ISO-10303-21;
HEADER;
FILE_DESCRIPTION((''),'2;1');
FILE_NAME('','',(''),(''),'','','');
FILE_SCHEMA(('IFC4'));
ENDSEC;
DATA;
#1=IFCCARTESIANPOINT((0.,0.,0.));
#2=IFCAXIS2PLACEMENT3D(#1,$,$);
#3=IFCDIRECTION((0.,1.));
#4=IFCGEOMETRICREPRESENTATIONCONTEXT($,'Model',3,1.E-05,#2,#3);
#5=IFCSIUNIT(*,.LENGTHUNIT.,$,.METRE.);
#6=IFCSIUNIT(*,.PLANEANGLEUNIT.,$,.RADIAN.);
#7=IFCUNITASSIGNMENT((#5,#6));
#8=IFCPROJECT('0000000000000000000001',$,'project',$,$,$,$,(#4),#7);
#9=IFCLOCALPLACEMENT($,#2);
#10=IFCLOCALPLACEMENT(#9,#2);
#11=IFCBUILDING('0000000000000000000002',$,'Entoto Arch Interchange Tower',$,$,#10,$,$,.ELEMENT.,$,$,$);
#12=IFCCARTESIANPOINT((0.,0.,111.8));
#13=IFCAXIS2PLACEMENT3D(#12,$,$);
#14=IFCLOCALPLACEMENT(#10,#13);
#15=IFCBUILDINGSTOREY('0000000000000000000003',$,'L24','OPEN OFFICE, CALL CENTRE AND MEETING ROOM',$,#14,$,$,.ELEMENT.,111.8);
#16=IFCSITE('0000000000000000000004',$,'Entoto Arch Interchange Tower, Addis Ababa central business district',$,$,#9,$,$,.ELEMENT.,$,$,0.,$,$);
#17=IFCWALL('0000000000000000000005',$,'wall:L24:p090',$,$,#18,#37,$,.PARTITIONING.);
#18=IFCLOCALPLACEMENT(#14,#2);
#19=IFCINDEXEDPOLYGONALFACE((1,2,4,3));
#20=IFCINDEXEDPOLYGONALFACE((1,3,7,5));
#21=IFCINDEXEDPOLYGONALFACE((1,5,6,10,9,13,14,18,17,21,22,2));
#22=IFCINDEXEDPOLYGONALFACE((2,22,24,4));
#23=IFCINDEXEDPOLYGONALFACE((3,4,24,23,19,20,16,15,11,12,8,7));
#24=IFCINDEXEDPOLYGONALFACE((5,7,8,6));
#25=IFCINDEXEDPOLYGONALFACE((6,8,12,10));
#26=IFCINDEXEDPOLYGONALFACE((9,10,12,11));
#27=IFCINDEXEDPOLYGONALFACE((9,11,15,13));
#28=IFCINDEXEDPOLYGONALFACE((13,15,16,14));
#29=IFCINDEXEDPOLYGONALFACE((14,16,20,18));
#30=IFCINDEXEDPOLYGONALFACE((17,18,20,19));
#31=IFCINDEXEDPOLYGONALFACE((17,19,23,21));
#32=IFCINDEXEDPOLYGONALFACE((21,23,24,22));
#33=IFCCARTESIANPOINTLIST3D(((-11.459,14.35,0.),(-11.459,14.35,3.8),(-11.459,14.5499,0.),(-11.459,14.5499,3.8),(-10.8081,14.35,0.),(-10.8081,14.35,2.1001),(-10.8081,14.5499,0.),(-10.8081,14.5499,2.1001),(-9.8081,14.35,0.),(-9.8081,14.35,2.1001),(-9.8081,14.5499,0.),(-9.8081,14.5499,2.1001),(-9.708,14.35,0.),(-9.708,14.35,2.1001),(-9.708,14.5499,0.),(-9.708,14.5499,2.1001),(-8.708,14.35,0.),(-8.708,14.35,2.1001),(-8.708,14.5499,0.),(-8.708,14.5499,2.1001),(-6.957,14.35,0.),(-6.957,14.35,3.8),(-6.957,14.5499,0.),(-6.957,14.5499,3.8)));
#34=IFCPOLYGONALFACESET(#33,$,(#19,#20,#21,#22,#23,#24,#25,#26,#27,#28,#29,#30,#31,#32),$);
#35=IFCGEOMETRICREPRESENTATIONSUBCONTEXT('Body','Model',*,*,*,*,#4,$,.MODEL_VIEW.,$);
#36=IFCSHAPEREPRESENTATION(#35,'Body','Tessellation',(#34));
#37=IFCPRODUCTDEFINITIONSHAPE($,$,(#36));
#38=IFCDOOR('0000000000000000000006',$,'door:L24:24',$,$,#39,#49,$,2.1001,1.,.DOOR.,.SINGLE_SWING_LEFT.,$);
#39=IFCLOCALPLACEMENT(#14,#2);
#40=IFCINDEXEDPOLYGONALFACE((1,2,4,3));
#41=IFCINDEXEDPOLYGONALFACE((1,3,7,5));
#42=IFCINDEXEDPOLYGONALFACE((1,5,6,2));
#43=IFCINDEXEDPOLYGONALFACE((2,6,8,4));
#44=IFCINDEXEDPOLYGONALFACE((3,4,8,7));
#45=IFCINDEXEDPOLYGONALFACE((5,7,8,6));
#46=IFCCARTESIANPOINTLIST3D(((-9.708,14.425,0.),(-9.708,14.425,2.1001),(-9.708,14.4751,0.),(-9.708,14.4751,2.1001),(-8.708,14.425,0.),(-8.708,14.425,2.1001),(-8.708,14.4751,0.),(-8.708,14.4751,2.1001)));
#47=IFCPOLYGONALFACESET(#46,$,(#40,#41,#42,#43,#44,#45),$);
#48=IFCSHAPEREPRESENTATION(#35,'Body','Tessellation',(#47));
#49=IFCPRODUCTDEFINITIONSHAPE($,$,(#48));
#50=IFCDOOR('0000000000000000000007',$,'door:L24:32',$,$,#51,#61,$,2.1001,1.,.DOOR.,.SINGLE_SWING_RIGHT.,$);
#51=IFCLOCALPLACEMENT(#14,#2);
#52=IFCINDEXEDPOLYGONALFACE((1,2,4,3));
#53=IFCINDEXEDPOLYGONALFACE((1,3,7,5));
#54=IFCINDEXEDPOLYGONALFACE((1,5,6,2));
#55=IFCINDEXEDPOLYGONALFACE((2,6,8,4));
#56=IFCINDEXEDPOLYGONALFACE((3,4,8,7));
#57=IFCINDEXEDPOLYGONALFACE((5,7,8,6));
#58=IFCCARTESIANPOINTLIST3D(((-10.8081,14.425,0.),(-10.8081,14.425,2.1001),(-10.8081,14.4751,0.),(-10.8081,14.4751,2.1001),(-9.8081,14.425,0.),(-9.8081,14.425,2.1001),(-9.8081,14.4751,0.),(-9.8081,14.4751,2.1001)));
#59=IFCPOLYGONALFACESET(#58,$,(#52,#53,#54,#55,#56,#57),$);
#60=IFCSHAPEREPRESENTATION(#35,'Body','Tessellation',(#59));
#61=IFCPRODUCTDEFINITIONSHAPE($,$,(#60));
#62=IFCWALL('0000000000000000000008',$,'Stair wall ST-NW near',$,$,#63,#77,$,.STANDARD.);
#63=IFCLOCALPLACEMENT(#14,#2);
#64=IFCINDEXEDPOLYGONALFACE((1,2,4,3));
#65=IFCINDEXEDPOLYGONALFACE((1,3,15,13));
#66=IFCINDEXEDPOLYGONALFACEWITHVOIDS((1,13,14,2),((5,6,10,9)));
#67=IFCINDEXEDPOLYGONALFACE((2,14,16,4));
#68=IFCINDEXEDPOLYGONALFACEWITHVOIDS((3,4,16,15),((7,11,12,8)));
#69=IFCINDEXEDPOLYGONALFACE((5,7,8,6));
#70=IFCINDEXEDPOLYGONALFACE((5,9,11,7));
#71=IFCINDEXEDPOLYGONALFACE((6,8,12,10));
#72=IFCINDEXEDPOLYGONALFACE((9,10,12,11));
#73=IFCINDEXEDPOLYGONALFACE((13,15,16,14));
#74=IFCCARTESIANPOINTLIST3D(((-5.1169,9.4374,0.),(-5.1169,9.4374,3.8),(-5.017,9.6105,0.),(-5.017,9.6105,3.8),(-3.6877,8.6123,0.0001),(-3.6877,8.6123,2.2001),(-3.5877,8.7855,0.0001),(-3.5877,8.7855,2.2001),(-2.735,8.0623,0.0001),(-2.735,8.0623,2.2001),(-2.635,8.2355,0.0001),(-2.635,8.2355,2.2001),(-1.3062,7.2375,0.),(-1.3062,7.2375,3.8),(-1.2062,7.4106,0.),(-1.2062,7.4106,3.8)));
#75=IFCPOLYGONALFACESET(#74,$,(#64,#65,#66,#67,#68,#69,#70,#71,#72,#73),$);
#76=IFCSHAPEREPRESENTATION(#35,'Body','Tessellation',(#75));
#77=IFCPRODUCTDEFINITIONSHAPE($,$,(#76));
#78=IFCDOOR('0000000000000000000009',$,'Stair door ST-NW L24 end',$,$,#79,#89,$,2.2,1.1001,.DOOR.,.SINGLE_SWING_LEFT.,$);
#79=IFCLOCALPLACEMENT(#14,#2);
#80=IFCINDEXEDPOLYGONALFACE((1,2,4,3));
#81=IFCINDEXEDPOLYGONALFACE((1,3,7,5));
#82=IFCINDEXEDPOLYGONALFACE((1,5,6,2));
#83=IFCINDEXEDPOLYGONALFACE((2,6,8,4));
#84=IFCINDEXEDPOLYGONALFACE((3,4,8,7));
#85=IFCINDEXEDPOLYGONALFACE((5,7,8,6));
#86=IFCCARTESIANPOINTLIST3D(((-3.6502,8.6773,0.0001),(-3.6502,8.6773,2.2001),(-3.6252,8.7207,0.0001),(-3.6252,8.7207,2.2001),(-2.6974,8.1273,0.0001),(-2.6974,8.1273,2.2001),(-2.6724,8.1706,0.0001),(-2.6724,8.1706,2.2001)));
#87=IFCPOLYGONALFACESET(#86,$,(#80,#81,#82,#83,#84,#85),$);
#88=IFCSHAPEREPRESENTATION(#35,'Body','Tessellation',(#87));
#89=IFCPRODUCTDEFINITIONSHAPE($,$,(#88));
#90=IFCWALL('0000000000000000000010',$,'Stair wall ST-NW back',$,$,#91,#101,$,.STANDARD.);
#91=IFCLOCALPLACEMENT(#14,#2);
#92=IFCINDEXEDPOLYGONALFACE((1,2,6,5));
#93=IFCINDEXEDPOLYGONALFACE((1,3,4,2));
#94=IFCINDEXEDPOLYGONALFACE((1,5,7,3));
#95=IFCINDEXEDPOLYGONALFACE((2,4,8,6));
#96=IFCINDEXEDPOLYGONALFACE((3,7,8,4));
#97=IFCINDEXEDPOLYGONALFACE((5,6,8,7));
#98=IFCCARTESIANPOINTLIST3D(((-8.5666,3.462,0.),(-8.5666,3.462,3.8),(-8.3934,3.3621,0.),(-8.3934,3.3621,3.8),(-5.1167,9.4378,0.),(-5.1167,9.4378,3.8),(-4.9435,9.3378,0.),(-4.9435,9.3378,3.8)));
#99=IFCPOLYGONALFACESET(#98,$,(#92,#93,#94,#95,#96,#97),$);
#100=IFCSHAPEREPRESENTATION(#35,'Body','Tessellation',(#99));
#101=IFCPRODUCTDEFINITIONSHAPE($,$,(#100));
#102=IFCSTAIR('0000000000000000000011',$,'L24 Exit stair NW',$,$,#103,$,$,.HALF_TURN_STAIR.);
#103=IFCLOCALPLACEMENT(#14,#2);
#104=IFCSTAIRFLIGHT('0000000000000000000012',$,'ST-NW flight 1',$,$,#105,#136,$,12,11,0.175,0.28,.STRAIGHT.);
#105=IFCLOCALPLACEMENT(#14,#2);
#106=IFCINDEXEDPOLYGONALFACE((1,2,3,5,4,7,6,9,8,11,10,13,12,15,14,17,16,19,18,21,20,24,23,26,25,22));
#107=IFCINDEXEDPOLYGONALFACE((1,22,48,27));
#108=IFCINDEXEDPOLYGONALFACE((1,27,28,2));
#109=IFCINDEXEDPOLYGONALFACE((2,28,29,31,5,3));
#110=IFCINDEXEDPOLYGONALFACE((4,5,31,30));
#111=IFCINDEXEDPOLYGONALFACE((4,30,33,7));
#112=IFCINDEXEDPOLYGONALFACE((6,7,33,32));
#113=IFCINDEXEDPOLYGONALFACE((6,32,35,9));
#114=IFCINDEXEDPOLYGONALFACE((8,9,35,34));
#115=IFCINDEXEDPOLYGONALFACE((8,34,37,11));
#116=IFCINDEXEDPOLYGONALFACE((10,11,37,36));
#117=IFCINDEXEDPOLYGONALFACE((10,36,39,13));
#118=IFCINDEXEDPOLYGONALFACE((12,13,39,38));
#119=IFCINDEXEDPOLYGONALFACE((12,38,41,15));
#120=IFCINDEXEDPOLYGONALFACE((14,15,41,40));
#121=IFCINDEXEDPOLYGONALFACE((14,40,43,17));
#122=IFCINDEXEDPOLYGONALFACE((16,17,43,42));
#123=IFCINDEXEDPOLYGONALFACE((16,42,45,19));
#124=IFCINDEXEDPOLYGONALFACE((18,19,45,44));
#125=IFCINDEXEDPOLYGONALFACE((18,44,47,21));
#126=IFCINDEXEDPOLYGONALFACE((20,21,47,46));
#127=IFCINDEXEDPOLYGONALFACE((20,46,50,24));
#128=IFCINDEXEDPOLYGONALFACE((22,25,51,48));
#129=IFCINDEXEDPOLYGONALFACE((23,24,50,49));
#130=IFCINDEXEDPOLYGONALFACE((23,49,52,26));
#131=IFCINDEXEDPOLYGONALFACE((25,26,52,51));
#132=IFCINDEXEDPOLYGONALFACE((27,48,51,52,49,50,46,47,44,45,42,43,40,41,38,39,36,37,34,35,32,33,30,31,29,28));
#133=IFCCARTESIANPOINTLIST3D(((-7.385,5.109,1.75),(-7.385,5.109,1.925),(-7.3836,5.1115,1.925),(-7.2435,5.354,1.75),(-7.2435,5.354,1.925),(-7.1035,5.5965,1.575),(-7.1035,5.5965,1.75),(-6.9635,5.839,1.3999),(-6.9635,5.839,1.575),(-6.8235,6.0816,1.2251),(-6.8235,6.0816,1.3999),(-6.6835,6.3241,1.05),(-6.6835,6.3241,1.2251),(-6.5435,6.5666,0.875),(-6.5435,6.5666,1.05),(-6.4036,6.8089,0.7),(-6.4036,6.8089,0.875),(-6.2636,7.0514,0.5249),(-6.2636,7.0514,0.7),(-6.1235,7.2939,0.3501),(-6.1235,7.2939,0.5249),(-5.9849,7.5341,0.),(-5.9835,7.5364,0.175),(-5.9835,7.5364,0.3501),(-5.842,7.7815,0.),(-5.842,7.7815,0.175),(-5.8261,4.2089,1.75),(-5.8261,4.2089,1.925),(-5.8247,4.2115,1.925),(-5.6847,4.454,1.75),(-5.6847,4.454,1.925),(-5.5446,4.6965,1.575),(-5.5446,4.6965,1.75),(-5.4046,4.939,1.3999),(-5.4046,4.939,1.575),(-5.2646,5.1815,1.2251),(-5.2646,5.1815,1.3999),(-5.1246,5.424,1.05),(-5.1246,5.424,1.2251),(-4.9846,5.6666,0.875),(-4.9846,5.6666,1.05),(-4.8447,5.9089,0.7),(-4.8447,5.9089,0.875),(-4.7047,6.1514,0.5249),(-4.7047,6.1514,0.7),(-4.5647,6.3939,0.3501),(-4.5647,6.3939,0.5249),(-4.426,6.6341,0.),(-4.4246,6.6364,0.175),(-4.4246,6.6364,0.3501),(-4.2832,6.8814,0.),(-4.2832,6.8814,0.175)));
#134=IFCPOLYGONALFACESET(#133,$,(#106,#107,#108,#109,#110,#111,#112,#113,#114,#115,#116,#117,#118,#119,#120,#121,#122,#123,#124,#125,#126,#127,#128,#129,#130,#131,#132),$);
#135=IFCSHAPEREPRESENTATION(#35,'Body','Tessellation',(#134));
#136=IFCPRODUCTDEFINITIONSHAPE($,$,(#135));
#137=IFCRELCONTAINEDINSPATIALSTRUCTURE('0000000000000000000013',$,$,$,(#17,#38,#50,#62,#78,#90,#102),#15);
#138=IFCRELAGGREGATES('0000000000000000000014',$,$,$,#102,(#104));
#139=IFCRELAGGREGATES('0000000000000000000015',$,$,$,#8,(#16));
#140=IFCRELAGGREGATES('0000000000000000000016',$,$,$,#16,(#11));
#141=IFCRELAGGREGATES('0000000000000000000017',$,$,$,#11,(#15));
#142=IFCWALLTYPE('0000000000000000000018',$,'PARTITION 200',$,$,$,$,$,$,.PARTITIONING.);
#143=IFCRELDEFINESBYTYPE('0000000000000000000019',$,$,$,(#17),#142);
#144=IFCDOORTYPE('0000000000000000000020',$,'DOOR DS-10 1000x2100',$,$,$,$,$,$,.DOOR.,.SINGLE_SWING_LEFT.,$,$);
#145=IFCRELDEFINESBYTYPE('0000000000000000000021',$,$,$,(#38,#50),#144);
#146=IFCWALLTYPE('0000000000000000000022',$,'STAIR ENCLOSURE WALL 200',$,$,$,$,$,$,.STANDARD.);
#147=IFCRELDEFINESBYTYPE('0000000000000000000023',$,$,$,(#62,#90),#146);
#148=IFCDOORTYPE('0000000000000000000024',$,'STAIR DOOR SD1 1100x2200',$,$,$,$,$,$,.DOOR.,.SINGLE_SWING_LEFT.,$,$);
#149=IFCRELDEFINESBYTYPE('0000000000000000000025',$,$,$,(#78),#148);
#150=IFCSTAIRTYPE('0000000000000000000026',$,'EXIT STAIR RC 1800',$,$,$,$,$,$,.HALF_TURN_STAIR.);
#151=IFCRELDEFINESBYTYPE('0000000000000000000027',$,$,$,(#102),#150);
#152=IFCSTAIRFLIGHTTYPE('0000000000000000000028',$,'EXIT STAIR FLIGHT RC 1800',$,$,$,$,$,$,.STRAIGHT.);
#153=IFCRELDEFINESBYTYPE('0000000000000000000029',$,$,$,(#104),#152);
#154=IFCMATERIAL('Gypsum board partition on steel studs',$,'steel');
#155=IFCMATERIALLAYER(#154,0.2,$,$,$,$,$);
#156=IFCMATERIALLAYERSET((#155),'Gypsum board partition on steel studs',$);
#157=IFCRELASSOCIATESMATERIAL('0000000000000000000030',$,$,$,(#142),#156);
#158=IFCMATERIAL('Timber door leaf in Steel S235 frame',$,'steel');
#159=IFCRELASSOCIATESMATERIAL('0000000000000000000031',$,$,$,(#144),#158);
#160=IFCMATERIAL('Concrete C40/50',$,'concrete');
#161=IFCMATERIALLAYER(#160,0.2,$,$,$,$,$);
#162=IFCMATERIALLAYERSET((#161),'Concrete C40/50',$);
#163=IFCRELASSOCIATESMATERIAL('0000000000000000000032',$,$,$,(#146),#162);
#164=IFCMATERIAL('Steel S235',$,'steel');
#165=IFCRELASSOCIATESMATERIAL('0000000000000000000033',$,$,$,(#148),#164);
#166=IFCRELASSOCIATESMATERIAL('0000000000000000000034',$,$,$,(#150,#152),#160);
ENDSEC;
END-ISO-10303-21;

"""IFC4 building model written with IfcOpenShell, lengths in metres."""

from ifc_helpers import new_model, si_unit, direction, frame, frame_2d, origin, place, context, subcontext, project, spatial, polyline, rectangle, outline, extrude, material, layer, layer_set, type_object, element, fill, aggregate, save


model = new_model("IFC4")

# Units and contexts
model_context = context("Model", 3, precision=1e-05, world=origin(), true_north=direction((0.0, 1.0)))
body_context = subcontext(model_context, "Body", "Model", "MODEL_VIEW")
ifc_project = project(units=[si_unit("LENGTHUNIT", "METRE"), si_unit("PLANEANGLEUNIT", "RADIAN")], contexts=[model_context])

# Site, building, storey
site_placement = place(None, origin())
site = spatial("IfcSite", under=ifc_project, at=site_placement, Name="Entoto Arch Interchange Tower, Addis Ababa central business district", CompositionType="ELEMENT", RefElevation=0.0)
building_placement = place(site_placement, origin())
building = spatial("IfcBuilding", under=site, at=building_placement, Name="Entoto Arch Interchange Tower", CompositionType="ELEMENT")
storey_placement = place(building_placement, frame((0.0, 0.0, 111.8)))
storey = spatial("IfcBuildingStorey", under=building, at=storey_placement, Name="L24", Description="OPEN OFFICE, CALL CENTRE AND MEETING ROOM", CompositionType="ELEMENT", Elevation=111.8)

# Shared definitions
ifc_material_1 = material(Name="Concrete C40/50", Category="concrete")

# Shared definitions
ifc_material_2 = material(Name="Gypsum board partition on steel studs", Category="steel")

# Wall, openings, doors
ifc_layer_1 = layer(ifc_material_2, 0.2)
ifc_layer_set_1 = layer_set([ifc_layer_1], Name="Gypsum board partition on steel studs")
wall_type_1 = type_object("IfcWallType", Name="PARTITION 200", PredefinedType="PARTITIONING", material=ifc_layer_set_1)
wall_1_placement = place(storey_placement, frame((-6.957, 14.45, 0.0), z_axis=(0.0, 0.0, 1.0), x_axis=(-1.0, 0.0, 0.0)))
wall_1 = element("IfcWall", 1, at=wall_1_placement, inside=storey, type_object=wall_type_1, Name="wall:L24:p090", PredefinedType="PARTITIONING", context=body_context, shape_type="SweptSolid", body=[
    extrude(rectangle(XDim=4.502, YDim=0.2, at=frame_2d((2.251, 0.0))), origin(), (0.0, 0.0, 1.0), 3.8),
])
opening_1_placement = place(wall_1_placement, frame((1.751, 0.0, 0.0)))
opening_1 = element("IfcOpeningElement", 2, at=opening_1_placement, cuts=wall_1, PredefinedType="OPENING", context=body_context, shape_type="SweptSolid", body=[
    extrude(rectangle(XDim=1.0, YDim=2.1001, at=frame_2d((0.5, 1.05))), frame((0.0, 0.1099, 0.0), z_axis=(0.0, -1.0, 0.0), x_axis=(1.0, 0.0, 0.0)), (0.0, 0.0, 1.0), 0.22),
])
opening_2_placement = place(wall_1_placement, frame((2.8511, 0.0, 0.0)))
opening_2 = element("IfcOpeningElement", 3, at=opening_2_placement, cuts=wall_1, PredefinedType="OPENING", context=body_context, shape_type="SweptSolid", body=[
    extrude(rectangle(XDim=1.0, YDim=2.1001, at=frame_2d((0.5, 1.05))), frame((0.0, 0.1099, 0.0), z_axis=(0.0, -1.0, 0.0), x_axis=(1.0, 0.0, 0.0)), (0.0, 0.0, 1.0), 0.22),
])
ifc_material_3 = material(Name="Timber door leaf in Steel S235 frame", Category="steel")
door_type_1 = type_object("IfcDoorType", Name="DOOR DS-10 1000x2100", OperationType="SINGLE_SWING_LEFT", PredefinedType="DOOR", material=ifc_material_3)
door_1_placement = place(opening_1_placement, origin())
door_1 = element("IfcDoor", 4, at=door_1_placement, inside=storey, type_object=door_type_1, Name="door:L24:24", OperationType="SINGLE_SWING_LEFT", OverallHeight=2.1001, OverallWidth=1.0, PredefinedType="DOOR", context=body_context, shape_type="SweptSolid", body=[
    extrude(rectangle(XDim=1.0, YDim=2.1001, at=frame_2d((0.5, 1.05))), frame((0.0, 0.0249, 0.0), z_axis=(0.0, -1.0, 0.0), x_axis=(1.0, 0.0, 0.0)), (0.0, 0.0, 1.0), 0.05),
])
fill(opening_1, door_1)
door_2_placement = place(opening_2_placement, origin())
door_2 = element("IfcDoor", 5, at=door_2_placement, inside=storey, type_object=door_type_1, Name="door:L24:32", OperationType="SINGLE_SWING_RIGHT", OverallHeight=2.1001, OverallWidth=1.0, PredefinedType="DOOR", context=body_context, shape_type="SweptSolid", body=[
    extrude(rectangle(XDim=1.0, YDim=2.1001, at=frame_2d((0.5, 1.05))), frame((0.0, 0.0249, 0.0), z_axis=(0.0, -1.0, 0.0), x_axis=(1.0, 0.0, 0.0)), (0.0, 0.0, 1.0), 0.05),
])
fill(opening_2, door_2)

# Wall, opening, door
ifc_layer_2 = layer(ifc_material_1, 0.2)
ifc_layer_set_2 = layer_set([ifc_layer_2], Name="Concrete C40/50")
wall_type_2 = type_object("IfcWallType", Name="STAIR ENCLOSURE WALL 200", PredefinedType="STANDARD", material=ifc_layer_set_2)
wall_2_placement = place(storey_placement, frame((-1.2561, 7.324, 0.0), z_axis=(0.0, 0.0, 1.0), x_axis=(-0.866046, 0.499964, 0.0)))
wall_2 = element("IfcWall", 6, at=wall_2_placement, inside=storey, type_object=wall_type_2, Name="Stair wall ST-NW near", PredefinedType="STANDARD", context=body_context, shape_type="SweptSolid", body=[
    extrude(rectangle(XDim=4.4001, YDim=0.2, at=frame_2d((2.2002, 0.0))), origin(), (0.0, 0.0, 1.0), 3.8),
])
opening_3_placement = place(wall_2_placement, frame((1.6499, 0.0, 0.0)))
opening_3 = element("IfcOpeningElement", 7, at=opening_3_placement, cuts=wall_2, PredefinedType="OPENING", context=body_context, shape_type="SweptSolid", body=[
    extrude(rectangle(XDim=1.1001, YDim=2.2, at=frame_2d((0.55, 1.1001))), frame((0.0, 0.1099, 0.0), z_axis=(0.0, -1.0, 0.0), x_axis=(1.0, 0.0, 0.0)), (0.0, 0.0, 1.0), 0.22),
])
ifc_material_4 = material(Name="Steel S235", Category="steel")
door_type_2 = type_object("IfcDoorType", Name="STAIR DOOR SD1 1100x2200", OperationType="SINGLE_SWING_LEFT", PredefinedType="DOOR", material=ifc_material_4)
door_3_placement = place(opening_3_placement, origin())
door_3 = element("IfcDoor", 8, at=door_3_placement, inside=storey, type_object=door_type_2, Name="Stair door ST-NW L24 end", OperationType="SINGLE_SWING_LEFT", OverallHeight=2.2, OverallWidth=1.1001, PredefinedType="DOOR", context=body_context, shape_type="SweptSolid", body=[
    extrude(rectangle(XDim=1.1001, YDim=2.2, at=frame_2d((0.55, 1.1001))), frame((0.0, 0.0249, 0.0), z_axis=(0.0, -1.0, 0.0), x_axis=(1.0, 0.0, 0.0)), (0.0, 0.0, 1.0), 0.05),
])
fill(opening_3, door_3)

# Wall
wall_3_placement = place(storey_placement, frame((-5.03, 9.3879, 0.0), z_axis=(0.0, 0.0, 1.0), x_axis=(-0.499979, -0.866038, 0.0)))
element("IfcWall", 9, at=wall_3_placement, inside=storey, type_object=wall_type_2, Name="Stair wall ST-NW back", PredefinedType="STANDARD", context=body_context, shape_type="SweptSolid", body=[
    extrude(rectangle(XDim=6.9001, YDim=0.2, at=frame_2d((3.4502, 0.0))), origin(), (0.0, 0.0, 1.0), 3.8),
])

# Stair, stair flight
stair_type = type_object("IfcStairType", Name="EXIT STAIR RC 1800", PredefinedType="HALF_TURN_STAIR", material=ifc_material_1)
stair_placement = place(storey_placement, origin())
stair = element("IfcStair", 10, at=stair_placement, inside=storey, type_object=stair_type, Name="L24 Exit stair NW", PredefinedType="HALF_TURN_STAIR")
stair_flight_type = type_object("IfcStairFlightType", Name="EXIT STAIR FLIGHT RC 1800", PredefinedType="STRAIGHT", material=ifc_material_1)
stair_flight_placement = place(storey_placement, frame((-5.064, 7.3289, 0.0), z_axis=(0.0, 0.0, 1.0), x_axis=(-0.5, -0.866025, 0.0)))
stair_flight = element("IfcStairFlight", 11, at=stair_flight_placement, type_object=stair_flight_type, Name="ST-NW flight 1", NumberOfRisers=12, NumberOfTreads=11, PredefinedType="STRAIGHT", RiserHeight=0.175, TreadLength=0.28, context=body_context, shape_type="SweptSolid", body=[
    extrude(outline(polyline([(-0.0029, 0.0), (-0.0029, 0.175), (0.28, 0.175), (0.28, 0.3501), (0.5601, 0.3501), (0.5601, 0.5249), (0.8401, 0.5249), (0.8401, 0.7), (1.1201, 0.7), (1.1201, 0.875), (1.3999, 0.875), (1.3999, 1.05), (1.6799, 1.05), (1.6799, 1.2251), (1.96, 1.2251), (1.96, 1.3999), (2.24, 1.3999), (2.24, 1.575), (2.52, 1.575), (2.52, 1.75), (2.8, 1.75), (2.8, 1.925), (3.0801, 1.925), (3.083, 1.925), (3.083, 1.75), (0.2827, 0.0), (-0.0029, 0.0)])), frame((0.0, 0.8999, 0.0), z_axis=(0.0, -1.0, 0.0), x_axis=(1.0, 0.0, 0.0)), (0.0, 0.0, 1.0), 1.8),
])
aggregate(stair, [stair_flight])

save(model, "model.ifc")
